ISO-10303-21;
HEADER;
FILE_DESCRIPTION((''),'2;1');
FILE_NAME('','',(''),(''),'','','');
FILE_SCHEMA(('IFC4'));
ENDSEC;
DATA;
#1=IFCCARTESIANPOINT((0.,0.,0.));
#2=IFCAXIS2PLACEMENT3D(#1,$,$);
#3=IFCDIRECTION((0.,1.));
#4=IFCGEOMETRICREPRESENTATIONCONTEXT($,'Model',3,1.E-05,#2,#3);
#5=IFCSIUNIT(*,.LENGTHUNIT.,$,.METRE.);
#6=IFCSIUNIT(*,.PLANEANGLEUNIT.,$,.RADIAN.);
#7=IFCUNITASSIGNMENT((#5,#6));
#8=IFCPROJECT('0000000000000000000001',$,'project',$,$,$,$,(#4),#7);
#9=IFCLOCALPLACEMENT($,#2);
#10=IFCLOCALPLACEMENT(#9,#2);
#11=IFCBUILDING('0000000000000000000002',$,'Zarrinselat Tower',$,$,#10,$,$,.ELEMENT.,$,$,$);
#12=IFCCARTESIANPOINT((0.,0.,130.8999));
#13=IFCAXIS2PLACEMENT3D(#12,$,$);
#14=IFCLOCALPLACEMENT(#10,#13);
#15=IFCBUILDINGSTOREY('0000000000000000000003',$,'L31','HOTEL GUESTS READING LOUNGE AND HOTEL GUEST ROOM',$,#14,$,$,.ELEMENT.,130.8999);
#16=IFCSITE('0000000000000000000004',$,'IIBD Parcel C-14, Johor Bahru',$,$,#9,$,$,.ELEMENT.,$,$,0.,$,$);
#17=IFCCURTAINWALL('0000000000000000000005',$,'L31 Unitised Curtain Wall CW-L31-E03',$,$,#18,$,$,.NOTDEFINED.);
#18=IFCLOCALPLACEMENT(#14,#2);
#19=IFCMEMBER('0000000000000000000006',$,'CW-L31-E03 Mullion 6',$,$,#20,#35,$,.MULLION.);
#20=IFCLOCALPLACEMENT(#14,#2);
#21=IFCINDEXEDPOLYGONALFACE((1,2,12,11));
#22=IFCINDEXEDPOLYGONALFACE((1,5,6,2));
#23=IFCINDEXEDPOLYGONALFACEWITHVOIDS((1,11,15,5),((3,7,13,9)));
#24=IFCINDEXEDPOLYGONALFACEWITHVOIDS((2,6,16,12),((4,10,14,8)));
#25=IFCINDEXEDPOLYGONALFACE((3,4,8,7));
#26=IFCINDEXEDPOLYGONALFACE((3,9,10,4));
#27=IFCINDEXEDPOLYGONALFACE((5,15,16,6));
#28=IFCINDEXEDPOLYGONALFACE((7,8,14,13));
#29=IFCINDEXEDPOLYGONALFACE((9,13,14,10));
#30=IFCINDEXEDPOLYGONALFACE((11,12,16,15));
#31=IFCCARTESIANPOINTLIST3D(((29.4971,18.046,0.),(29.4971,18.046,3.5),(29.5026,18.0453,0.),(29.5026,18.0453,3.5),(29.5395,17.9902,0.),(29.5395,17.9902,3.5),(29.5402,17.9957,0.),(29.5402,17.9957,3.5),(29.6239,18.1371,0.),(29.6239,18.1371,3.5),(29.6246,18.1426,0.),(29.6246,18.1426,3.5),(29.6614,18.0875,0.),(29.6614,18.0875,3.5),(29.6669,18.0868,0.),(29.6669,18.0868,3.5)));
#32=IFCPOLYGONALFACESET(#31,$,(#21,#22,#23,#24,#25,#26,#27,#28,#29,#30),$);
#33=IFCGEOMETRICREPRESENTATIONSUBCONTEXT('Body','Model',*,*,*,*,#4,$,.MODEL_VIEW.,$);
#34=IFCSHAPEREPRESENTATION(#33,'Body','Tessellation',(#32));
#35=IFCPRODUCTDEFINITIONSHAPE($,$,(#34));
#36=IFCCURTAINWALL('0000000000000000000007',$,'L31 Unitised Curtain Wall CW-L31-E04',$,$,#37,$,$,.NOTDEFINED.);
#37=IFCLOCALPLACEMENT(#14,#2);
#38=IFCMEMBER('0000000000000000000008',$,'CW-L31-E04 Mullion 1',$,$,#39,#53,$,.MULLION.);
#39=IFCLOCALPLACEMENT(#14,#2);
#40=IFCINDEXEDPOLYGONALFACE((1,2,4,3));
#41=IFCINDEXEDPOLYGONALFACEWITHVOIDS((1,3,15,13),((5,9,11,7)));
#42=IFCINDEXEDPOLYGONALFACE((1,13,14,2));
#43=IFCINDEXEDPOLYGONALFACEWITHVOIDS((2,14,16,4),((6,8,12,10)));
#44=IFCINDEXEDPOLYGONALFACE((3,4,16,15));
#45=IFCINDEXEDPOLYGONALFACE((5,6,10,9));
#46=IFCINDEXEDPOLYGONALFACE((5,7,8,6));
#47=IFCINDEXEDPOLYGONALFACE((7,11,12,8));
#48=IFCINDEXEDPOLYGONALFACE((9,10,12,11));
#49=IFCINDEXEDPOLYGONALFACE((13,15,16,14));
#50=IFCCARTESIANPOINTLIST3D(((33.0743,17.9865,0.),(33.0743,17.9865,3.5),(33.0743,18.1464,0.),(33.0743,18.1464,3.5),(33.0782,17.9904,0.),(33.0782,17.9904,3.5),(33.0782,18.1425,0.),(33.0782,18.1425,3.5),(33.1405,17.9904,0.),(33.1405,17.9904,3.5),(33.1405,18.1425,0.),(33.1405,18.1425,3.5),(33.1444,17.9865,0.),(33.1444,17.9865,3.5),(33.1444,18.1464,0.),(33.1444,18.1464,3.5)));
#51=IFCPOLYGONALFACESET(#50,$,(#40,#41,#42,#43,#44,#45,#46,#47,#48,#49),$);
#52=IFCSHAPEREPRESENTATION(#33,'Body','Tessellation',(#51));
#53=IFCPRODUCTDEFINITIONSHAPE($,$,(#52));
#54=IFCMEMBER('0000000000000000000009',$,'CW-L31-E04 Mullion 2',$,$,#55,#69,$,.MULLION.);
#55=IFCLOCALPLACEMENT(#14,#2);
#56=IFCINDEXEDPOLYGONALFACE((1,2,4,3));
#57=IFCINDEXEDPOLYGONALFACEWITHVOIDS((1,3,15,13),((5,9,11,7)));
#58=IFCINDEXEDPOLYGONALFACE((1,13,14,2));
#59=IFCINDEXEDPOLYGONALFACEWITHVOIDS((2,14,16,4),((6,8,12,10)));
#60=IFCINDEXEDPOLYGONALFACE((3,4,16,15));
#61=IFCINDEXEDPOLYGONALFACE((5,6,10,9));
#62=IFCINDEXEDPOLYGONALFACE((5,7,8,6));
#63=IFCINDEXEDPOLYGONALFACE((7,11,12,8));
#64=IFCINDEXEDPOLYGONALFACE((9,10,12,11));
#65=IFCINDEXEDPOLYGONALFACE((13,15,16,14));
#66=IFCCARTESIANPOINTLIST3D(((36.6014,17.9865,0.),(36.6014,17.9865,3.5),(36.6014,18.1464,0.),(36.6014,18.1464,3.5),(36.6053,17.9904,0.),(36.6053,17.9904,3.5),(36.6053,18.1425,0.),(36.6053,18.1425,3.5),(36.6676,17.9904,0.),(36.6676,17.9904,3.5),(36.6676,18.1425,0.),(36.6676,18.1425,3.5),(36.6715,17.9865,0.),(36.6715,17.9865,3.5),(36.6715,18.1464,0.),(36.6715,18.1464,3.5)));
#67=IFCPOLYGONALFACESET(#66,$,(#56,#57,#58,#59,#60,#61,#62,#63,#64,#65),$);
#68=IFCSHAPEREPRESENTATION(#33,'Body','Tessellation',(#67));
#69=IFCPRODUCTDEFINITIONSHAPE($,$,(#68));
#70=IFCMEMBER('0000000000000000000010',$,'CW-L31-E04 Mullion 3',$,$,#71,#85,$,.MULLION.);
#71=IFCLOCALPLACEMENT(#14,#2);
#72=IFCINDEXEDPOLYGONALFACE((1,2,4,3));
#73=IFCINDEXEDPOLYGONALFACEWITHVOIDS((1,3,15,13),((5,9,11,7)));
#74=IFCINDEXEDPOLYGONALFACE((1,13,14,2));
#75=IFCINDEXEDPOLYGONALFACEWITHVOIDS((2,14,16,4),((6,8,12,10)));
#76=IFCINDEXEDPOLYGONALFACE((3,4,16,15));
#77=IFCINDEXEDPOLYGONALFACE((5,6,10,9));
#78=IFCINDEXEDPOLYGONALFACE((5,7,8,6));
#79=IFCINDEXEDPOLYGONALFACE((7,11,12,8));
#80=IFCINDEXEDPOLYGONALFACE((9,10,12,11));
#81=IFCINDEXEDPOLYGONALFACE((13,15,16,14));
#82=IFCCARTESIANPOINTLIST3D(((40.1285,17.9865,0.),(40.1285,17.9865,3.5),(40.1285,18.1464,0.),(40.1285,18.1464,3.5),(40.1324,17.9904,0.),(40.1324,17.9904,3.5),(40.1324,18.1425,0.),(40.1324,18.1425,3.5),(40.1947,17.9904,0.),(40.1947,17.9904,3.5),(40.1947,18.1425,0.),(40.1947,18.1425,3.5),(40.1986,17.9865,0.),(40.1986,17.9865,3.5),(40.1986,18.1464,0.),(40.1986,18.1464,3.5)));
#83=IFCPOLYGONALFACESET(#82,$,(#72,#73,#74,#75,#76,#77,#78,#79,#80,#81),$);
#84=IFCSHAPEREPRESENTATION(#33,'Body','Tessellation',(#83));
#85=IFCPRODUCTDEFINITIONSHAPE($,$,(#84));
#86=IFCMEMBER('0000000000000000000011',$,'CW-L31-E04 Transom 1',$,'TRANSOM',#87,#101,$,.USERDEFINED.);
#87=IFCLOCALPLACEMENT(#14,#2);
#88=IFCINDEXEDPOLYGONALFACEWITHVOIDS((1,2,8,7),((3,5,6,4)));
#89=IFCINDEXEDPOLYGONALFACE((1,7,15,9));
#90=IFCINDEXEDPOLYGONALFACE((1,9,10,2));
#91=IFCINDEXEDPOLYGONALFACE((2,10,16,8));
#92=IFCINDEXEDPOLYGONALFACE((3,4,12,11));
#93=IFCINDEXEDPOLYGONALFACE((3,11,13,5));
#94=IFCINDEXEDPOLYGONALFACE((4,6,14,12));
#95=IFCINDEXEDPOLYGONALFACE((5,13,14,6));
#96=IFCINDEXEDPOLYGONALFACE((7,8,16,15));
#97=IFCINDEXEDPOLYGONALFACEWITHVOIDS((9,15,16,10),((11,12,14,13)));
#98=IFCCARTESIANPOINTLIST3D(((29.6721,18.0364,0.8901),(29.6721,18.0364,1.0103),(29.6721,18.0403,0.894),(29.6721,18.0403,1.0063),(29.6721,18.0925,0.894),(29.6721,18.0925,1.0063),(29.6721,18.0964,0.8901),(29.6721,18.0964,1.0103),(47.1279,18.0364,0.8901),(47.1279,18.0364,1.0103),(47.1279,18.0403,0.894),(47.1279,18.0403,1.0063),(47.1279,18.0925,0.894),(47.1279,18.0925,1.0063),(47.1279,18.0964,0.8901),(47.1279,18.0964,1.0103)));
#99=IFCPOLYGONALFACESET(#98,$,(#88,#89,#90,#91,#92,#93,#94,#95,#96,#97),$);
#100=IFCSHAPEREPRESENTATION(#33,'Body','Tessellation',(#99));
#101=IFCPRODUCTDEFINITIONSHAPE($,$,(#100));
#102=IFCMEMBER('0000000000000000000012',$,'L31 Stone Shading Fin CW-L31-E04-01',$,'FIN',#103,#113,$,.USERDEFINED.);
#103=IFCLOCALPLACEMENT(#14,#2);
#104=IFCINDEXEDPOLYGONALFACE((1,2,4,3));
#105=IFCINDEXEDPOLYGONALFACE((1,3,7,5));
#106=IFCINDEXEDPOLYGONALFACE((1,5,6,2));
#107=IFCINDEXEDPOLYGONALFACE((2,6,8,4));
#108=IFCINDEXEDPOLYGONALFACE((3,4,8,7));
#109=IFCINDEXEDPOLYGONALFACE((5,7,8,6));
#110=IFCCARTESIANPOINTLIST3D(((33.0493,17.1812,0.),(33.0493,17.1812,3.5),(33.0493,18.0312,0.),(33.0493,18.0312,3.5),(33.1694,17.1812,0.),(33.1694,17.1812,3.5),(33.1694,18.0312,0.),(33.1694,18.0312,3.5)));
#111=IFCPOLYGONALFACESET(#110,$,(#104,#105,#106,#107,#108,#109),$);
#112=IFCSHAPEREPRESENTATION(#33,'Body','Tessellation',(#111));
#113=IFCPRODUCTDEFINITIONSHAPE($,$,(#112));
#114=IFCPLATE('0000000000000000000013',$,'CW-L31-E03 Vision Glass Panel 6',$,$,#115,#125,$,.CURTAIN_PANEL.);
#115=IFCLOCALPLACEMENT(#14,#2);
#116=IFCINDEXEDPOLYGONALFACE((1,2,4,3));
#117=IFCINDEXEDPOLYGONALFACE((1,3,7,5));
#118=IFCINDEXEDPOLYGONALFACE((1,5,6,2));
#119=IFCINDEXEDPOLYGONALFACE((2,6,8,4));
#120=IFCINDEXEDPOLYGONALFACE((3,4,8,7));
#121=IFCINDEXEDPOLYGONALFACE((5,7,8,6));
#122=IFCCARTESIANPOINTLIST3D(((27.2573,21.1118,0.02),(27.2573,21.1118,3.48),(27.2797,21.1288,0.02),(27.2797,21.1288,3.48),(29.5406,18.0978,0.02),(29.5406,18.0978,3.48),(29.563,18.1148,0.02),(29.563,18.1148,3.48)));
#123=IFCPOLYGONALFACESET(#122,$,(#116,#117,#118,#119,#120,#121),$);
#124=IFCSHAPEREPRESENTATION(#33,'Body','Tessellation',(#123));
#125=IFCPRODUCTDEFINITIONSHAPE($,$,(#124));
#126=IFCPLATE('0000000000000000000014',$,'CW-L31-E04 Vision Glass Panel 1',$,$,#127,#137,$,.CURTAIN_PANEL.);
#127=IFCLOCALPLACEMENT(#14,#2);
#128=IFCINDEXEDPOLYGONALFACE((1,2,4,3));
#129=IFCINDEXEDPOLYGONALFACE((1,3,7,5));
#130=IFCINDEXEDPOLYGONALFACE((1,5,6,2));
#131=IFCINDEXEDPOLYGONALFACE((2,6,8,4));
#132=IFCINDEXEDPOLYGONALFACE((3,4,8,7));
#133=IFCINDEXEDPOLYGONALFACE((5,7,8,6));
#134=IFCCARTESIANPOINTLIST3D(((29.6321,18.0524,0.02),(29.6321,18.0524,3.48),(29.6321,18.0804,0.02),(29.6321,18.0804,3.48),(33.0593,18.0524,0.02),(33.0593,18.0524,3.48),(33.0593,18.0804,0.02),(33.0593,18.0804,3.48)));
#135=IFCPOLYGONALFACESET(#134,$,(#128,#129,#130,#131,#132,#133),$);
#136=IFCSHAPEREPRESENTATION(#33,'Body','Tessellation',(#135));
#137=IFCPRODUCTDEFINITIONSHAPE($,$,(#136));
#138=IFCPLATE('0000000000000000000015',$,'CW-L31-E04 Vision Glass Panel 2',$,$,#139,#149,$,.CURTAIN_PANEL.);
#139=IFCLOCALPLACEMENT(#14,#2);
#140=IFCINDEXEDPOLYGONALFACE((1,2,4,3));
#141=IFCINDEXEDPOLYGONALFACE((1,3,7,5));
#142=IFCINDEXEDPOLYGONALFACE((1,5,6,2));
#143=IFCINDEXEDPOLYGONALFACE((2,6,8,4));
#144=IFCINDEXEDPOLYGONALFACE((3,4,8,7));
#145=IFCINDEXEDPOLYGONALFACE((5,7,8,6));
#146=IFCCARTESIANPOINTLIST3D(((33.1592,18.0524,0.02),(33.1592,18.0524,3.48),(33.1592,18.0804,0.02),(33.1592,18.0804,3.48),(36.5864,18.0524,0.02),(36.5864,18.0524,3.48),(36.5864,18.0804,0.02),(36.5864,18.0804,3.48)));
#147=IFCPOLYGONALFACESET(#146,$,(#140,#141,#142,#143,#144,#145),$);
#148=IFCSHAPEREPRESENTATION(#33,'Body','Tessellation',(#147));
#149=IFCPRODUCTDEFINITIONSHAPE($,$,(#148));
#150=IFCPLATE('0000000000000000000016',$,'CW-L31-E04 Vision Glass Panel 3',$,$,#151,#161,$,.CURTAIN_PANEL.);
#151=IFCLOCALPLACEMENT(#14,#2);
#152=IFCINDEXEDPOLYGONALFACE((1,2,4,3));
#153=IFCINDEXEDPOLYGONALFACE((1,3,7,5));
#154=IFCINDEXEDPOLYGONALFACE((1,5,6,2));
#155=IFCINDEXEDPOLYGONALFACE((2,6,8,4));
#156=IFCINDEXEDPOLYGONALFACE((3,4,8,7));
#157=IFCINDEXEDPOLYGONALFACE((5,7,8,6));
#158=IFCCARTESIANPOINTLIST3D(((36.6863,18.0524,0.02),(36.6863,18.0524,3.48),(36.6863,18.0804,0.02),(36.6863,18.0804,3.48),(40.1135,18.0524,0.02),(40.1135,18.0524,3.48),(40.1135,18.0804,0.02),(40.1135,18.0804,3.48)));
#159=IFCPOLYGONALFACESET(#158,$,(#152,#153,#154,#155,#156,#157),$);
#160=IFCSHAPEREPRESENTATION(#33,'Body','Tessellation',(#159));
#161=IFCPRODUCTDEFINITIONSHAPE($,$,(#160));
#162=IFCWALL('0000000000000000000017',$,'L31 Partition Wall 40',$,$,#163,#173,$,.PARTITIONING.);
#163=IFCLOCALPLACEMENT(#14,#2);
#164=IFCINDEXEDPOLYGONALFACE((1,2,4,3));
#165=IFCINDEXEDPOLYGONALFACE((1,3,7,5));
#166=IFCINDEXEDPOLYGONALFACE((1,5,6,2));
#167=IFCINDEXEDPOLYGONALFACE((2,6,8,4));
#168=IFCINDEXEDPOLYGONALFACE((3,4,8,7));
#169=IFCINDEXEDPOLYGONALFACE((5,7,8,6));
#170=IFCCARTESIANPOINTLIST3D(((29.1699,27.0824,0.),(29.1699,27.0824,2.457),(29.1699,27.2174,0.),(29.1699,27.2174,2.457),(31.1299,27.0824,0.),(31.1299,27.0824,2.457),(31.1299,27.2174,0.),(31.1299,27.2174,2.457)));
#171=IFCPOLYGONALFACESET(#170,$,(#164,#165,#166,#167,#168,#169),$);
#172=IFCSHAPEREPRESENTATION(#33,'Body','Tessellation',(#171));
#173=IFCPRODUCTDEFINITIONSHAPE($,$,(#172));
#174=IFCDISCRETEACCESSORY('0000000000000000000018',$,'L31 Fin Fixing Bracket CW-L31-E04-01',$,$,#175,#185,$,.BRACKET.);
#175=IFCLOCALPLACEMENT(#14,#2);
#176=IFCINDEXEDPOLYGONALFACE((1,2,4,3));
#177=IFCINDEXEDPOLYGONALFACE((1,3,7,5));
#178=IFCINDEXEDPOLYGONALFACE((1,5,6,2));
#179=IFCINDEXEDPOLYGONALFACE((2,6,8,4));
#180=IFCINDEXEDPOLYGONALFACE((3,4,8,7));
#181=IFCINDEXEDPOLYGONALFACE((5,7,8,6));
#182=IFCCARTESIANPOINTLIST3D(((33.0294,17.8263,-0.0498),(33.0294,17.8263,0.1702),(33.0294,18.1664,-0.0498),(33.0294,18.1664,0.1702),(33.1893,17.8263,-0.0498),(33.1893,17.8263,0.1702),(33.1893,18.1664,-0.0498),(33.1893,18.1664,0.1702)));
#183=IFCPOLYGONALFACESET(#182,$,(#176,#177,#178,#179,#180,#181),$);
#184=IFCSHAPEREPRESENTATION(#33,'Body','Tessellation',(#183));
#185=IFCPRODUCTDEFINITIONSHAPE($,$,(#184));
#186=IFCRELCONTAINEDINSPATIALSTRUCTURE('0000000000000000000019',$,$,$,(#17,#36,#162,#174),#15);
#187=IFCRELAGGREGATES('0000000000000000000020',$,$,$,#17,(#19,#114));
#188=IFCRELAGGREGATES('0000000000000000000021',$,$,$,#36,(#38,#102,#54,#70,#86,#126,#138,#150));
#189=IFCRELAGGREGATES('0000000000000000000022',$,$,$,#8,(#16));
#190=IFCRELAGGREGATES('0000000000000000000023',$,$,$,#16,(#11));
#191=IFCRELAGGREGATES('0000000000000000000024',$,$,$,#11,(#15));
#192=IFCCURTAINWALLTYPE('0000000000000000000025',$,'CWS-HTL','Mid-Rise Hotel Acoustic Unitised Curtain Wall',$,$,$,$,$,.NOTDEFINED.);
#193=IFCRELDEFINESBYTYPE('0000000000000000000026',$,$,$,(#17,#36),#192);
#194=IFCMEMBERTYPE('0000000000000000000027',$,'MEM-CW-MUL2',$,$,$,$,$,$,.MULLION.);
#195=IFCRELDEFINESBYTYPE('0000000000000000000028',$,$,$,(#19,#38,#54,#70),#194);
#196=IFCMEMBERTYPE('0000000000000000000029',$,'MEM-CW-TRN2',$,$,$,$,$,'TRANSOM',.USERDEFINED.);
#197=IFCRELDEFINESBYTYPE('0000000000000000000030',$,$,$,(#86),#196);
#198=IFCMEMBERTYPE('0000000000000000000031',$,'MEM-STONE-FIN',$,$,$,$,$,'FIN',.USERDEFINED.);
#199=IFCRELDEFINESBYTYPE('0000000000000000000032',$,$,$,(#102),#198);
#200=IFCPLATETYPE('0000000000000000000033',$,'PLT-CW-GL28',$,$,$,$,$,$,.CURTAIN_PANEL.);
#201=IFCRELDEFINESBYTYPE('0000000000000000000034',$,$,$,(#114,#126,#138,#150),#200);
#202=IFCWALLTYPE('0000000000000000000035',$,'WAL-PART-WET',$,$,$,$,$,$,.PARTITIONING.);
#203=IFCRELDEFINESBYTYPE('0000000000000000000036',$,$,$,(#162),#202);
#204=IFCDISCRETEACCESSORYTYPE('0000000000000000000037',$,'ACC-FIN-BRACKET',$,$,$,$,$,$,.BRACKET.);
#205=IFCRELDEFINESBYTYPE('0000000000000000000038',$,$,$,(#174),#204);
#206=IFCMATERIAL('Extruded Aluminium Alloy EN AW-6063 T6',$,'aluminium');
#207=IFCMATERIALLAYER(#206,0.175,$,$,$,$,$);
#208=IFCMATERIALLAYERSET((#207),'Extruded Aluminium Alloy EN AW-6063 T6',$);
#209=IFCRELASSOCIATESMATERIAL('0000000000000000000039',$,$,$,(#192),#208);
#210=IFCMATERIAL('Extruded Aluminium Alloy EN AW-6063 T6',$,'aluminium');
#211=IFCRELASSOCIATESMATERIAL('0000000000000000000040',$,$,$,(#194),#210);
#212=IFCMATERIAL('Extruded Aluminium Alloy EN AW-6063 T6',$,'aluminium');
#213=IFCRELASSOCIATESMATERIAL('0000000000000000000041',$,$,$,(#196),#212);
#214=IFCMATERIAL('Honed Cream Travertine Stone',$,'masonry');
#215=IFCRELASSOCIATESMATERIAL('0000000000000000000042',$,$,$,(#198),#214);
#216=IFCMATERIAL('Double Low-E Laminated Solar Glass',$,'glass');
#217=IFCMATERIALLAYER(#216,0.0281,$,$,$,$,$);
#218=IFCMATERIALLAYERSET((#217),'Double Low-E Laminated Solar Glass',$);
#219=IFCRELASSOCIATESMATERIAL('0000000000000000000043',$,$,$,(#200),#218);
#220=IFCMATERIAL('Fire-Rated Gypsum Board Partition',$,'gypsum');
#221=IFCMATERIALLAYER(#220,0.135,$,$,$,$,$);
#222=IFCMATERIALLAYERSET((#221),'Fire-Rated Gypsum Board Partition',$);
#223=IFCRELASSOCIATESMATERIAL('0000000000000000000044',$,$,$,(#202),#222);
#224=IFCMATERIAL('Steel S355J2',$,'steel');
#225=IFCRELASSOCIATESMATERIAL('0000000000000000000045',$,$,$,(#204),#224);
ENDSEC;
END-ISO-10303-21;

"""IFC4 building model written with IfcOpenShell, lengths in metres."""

from ifc_helpers import new_model, si_unit, direction, frame, frame_2d, origin, origin_2d, place, context, subcontext, project, spatial, rectangle, hollow_rectangle, extrude, material, layer, layer_set, material_profile, profile_set, type_object, element, aggregate, save


model = new_model("IFC4")

# Units and contexts
model_context = context("Model", 3, precision=1e-05, world=origin(), true_north=direction((0.0, 1.0)))
body_context = subcontext(model_context, "Body", "Model", "MODEL_VIEW")
ifc_project = project(units=[si_unit("LENGTHUNIT", "METRE"), si_unit("PLANEANGLEUNIT", "RADIAN")], contexts=[model_context])

# Site, building, storey
site_placement = place(None, origin())
site = spatial("IfcSite", under=ifc_project, at=site_placement, Name="IIBD Parcel C-14, Johor Bahru", CompositionType="ELEMENT", RefElevation=0.0)
building_placement = place(site_placement, origin())
building = spatial("IfcBuilding", under=site, at=building_placement, Name="Zarrinselat Tower", CompositionType="ELEMENT")
storey_placement = place(building_placement, frame((0.0, 0.0, 130.8999)))
storey = spatial("IfcBuildingStorey", under=building, at=storey_placement, Name="L31", Description="HOTEL GUESTS READING LOUNGE AND HOTEL GUEST ROOM", CompositionType="ELEMENT", Elevation=130.8999)

# Curtain wall, member
ifc_material_1 = material(Name="Extruded Aluminium Alloy EN AW-6063 T6", Category="aluminium")
ifc_layer_1 = layer(ifc_material_1, 0.175)
ifc_layer_set_1 = layer_set([ifc_layer_1], Name="Extruded Aluminium Alloy EN AW-6063 T6")
curtain_wall_type = type_object("IfcCurtainWallType", Name="CWS-HTL", Description="Mid-Rise Hotel Acoustic Unitised Curtain Wall", PredefinedType="NOTDEFINED", material=ifc_layer_set_1)
curtain_wall_1_placement = place(storey_placement, origin())
curtain_wall_1 = element("IfcCurtainWall", 1, at=curtain_wall_1_placement, inside=storey, type_object=curtain_wall_type, Name="L31 Unitised Curtain Wall CW-L31-E03", PredefinedType="NOTDEFINED")
ifc_material_2 = material(Name="Extruded Aluminium Alloy EN AW-6063 T6", Category="aluminium")
ifc_material_profile_1 = material_profile(ifc_material_2, hollow_rectangle(XDim=0.0701, YDim=0.1599, WallThickness=0.0039, at=origin_2d()), Name="RHS 160x70x4")
ifc_profile_set_1 = profile_set([ifc_material_profile_1], Name="Extruded Aluminium Alloy EN AW-6063 T6")
member_type_1 = type_object("IfcMemberType", Name="MEM-CW-MUL2", PredefinedType="MULLION", material=ifc_profile_set_1)
member_1_placement = place(storey_placement, frame((29.582, 18.0664, 0.0), z_axis=(0.0, 0.0, 1.0), x_axis=(0.603858, -0.797092, 0.0)))
member_1 = element("IfcMember", 2, at=member_1_placement, type_object=member_type_1, Name="CW-L31-E03 Mullion 6", PredefinedType="MULLION", context=body_context, shape_type="SweptSolid", body=[
    extrude(hollow_rectangle(XDim=0.0701, YDim=0.1599, WallThickness=0.0039, at=origin_2d()), origin(), (0.0, 0.0, 1.0), 3.5),
])

# Curtain wall, members
curtain_wall_2_placement = place(storey_placement, origin())
curtain_wall_2 = element("IfcCurtainWall", 3, at=curtain_wall_2_placement, inside=storey, type_object=curtain_wall_type, Name="L31 Unitised Curtain Wall CW-L31-E04", PredefinedType="NOTDEFINED")
member_2_placement = place(storey_placement, frame((33.1094, 18.0664, 0.0), z_axis=(0.0, 0.0, 1.0), x_axis=(1.0, 0.0, 0.0)))
member_2 = element("IfcMember", 4, at=member_2_placement, type_object=member_type_1, Name="CW-L31-E04 Mullion 1", PredefinedType="MULLION", context=body_context, shape_type="SweptSolid", body=[
    extrude(hollow_rectangle(XDim=0.0701, YDim=0.1599, WallThickness=0.0039, at=origin_2d()), origin(), (0.0, 0.0, 1.0), 3.5),
])
member_3_placement = place(storey_placement, frame((36.6365, 18.0664, 0.0), z_axis=(0.0, 0.0, 1.0), x_axis=(1.0, 0.0, 0.0)))
member_3 = element("IfcMember", 5, at=member_3_placement, type_object=member_type_1, Name="CW-L31-E04 Mullion 2", PredefinedType="MULLION", context=body_context, shape_type="SweptSolid", body=[
    extrude(hollow_rectangle(XDim=0.0701, YDim=0.1599, WallThickness=0.0039, at=origin_2d()), origin(), (0.0, 0.0, 1.0), 3.5),
])
member_4_placement = place(storey_placement, frame((40.1636, 18.0664, 0.0), z_axis=(0.0, 0.0, 1.0), x_axis=(1.0, 0.0, 0.0)))
member_4 = element("IfcMember", 6, at=member_4_placement, type_object=member_type_1, Name="CW-L31-E04 Mullion 3", PredefinedType="MULLION", context=body_context, shape_type="SweptSolid", body=[
    extrude(hollow_rectangle(XDim=0.0701, YDim=0.1599, WallThickness=0.0039, at=origin_2d()), origin(), (0.0, 0.0, 1.0), 3.5),
])
ifc_material_3 = material(Name="Extruded Aluminium Alloy EN AW-6063 T6", Category="aluminium")
ifc_material_profile_2 = material_profile(ifc_material_3, hollow_rectangle(XDim=0.0601, YDim=0.1201, WallThickness=0.0039, at=origin_2d()), Name="RHS 120x60x4")
ifc_profile_set_2 = profile_set([ifc_material_profile_2], Name="Extruded Aluminium Alloy EN AW-6063 T6")
member_type_2 = type_object("IfcMemberType", Name="MEM-CW-TRN2", ElementType="TRANSOM", PredefinedType="USERDEFINED", material=ifc_profile_set_2)
member_5_placement = place(storey_placement, frame((29.6721, 18.0664, 0.9502), z_axis=(1.0, 0.0, 0.0), x_axis=(0.0, 1.0, 0.0)))
member_5 = element("IfcMember", 7, at=member_5_placement, type_object=member_type_2, Name="CW-L31-E04 Transom 1", ObjectType="TRANSOM", PredefinedType="USERDEFINED", context=body_context, shape_type="SweptSolid", body=[
    extrude(hollow_rectangle(XDim=0.0601, YDim=0.1201, WallThickness=0.0039, at=origin_2d()), origin(), (0.0, 0.0, 1.0), 17.4558),
])
ifc_material_4 = material(Name="Honed Cream Travertine Stone", Category="masonry")
ifc_material_profile_3 = material_profile(ifc_material_4, rectangle(XDim=0.1201, YDim=0.8501, at=origin_2d()), Name="FIN 850x120")
ifc_profile_set_3 = profile_set([ifc_material_profile_3], Name="Honed Cream Travertine Stone")
member_type_3 = type_object("IfcMemberType", Name="MEM-STONE-FIN", ElementType="FIN", PredefinedType="USERDEFINED", material=ifc_profile_set_3)
member_6_placement = place(storey_placement, frame((33.1094, 17.6062, 0.0), z_axis=(0.0, 0.0, 1.0), x_axis=(-1.0, 0.0, 0.0)))
member_6 = element("IfcMember", 8, at=member_6_placement, type_object=member_type_3, Name="L31 Stone Shading Fin CW-L31-E04-01", ObjectType="FIN", PredefinedType="USERDEFINED", context=body_context, shape_type="SweptSolid", body=[
    extrude(rectangle(XDim=0.1201, YDim=0.8501, at=origin_2d()), origin(), (0.0, 0.0, 1.0), 3.5),
])

# Plates
ifc_material_5 = material(Name="Double Low-E Laminated Solar Glass", Category="glass")
ifc_layer_2 = layer(ifc_material_5, 0.0281)
ifc_layer_set_2 = layer_set([ifc_layer_2], Name="Double Low-E Laminated Solar Glass")
plate_type = type_object("IfcPlateType", Name="PLT-CW-GL28", PredefinedType="CURTAIN_PANEL", material=ifc_layer_set_2)
plate_1_placement = place(storey_placement, frame((28.4102, 19.6133, 0.02), z_axis=(0.0, 0.0, 1.0), x_axis=(0.603858, -0.797092, 0.0)))
plate_1 = element("IfcPlate", 9, at=plate_1_placement, type_object=plate_type, Name="CW-L31-E03 Vision Glass Panel 6", PredefinedType="CURTAIN_PANEL", context=body_context, shape_type="SweptSolid", body=[
    extrude(rectangle(XDim=3.7812, YDim=0.0281, at=origin_2d()), origin(), (0.0, 0.0, 1.0), 3.46),
])
aggregate(curtain_wall_1, [member_1, plate_1])
plate_2_placement = place(storey_placement, frame((31.3457, 18.0664, 0.02), z_axis=(0.0, 0.0, 1.0), x_axis=(1.0, 0.0, 0.0)))
plate_2 = element("IfcPlate", 10, at=plate_2_placement, type_object=plate_type, Name="CW-L31-E04 Vision Glass Panel 1", PredefinedType="CURTAIN_PANEL", context=body_context, shape_type="SweptSolid", body=[
    extrude(rectangle(XDim=3.4272, YDim=0.0281, at=origin_2d()), origin(), (0.0, 0.0, 1.0), 3.46),
])
plate_3_placement = place(storey_placement, frame((34.8728, 18.0664, 0.02), z_axis=(0.0, 0.0, 1.0), x_axis=(1.0, 0.0, 0.0)))
plate_3 = element("IfcPlate", 11, at=plate_3_placement, type_object=plate_type, Name="CW-L31-E04 Vision Glass Panel 2", PredefinedType="CURTAIN_PANEL", context=body_context, shape_type="SweptSolid", body=[
    extrude(rectangle(XDim=3.4272, YDim=0.0281, at=origin_2d()), origin(), (0.0, 0.0, 1.0), 3.46),
])
plate_4_placement = place(storey_placement, frame((38.3999, 18.0664, 0.02), z_axis=(0.0, 0.0, 1.0), x_axis=(1.0, 0.0, 0.0)))
plate_4 = element("IfcPlate", 12, at=plate_4_placement, type_object=plate_type, Name="CW-L31-E04 Vision Glass Panel 3", PredefinedType="CURTAIN_PANEL", context=body_context, shape_type="SweptSolid", body=[
    extrude(rectangle(XDim=3.4272, YDim=0.0281, at=origin_2d()), origin(), (0.0, 0.0, 1.0), 3.46),
])
aggregate(curtain_wall_2, [member_2, member_6, member_3, member_4, member_5, plate_2, plate_3, plate_4])

# Wall
ifc_material_6 = material(Name="Fire-Rated Gypsum Board Partition", Category="gypsum")
ifc_layer_3 = layer(ifc_material_6, 0.135)
ifc_layer_set_3 = layer_set([ifc_layer_3], Name="Fire-Rated Gypsum Board Partition")
wall_type = type_object("IfcWallType", Name="WAL-PART-WET", PredefinedType="PARTITIONING", material=ifc_layer_set_3)
wall_placement = place(storey_placement, frame((29.1699, 27.1499, 0.0), z_axis=(0.0, 0.0, 1.0), x_axis=(1.0, 0.0, 0.0)))
element("IfcWall", 13, at=wall_placement, inside=storey, type_object=wall_type, Name="L31 Partition Wall 40", PredefinedType="PARTITIONING", context=body_context, shape_type="SweptSolid", body=[
    extrude(rectangle(XDim=1.96, YDim=0.135, at=frame_2d((0.98, 0.0))), origin(), (0.0, 0.0, 1.0), 2.457),
])

# Discrete accessory
ifc_material_7 = material(Name="Steel S355J2", Category="steel")
discrete_accessory_type = type_object("IfcDiscreteAccessoryType", Name="ACC-FIN-BRACKET", PredefinedType="BRACKET", material=ifc_material_7)
discrete_accessory_placement = place(storey_placement, frame((33.1094, 17.9963, -0.0498), z_axis=(0.0, 0.0, 1.0), x_axis=(0.0, -1.0, 0.0)))
element("IfcDiscreteAccessory", 14, at=discrete_accessory_placement, inside=storey, type_object=discrete_accessory_type, Name="L31 Fin Fixing Bracket CW-L31-E04-01", PredefinedType="BRACKET", context=body_context, shape_type="SweptSolid", body=[
    extrude(rectangle(XDim=0.3401, YDim=0.1599, at=origin_2d()), origin(), (0.0, 0.0, 1.0), 0.22),
])

save(model, "model.ifc")
